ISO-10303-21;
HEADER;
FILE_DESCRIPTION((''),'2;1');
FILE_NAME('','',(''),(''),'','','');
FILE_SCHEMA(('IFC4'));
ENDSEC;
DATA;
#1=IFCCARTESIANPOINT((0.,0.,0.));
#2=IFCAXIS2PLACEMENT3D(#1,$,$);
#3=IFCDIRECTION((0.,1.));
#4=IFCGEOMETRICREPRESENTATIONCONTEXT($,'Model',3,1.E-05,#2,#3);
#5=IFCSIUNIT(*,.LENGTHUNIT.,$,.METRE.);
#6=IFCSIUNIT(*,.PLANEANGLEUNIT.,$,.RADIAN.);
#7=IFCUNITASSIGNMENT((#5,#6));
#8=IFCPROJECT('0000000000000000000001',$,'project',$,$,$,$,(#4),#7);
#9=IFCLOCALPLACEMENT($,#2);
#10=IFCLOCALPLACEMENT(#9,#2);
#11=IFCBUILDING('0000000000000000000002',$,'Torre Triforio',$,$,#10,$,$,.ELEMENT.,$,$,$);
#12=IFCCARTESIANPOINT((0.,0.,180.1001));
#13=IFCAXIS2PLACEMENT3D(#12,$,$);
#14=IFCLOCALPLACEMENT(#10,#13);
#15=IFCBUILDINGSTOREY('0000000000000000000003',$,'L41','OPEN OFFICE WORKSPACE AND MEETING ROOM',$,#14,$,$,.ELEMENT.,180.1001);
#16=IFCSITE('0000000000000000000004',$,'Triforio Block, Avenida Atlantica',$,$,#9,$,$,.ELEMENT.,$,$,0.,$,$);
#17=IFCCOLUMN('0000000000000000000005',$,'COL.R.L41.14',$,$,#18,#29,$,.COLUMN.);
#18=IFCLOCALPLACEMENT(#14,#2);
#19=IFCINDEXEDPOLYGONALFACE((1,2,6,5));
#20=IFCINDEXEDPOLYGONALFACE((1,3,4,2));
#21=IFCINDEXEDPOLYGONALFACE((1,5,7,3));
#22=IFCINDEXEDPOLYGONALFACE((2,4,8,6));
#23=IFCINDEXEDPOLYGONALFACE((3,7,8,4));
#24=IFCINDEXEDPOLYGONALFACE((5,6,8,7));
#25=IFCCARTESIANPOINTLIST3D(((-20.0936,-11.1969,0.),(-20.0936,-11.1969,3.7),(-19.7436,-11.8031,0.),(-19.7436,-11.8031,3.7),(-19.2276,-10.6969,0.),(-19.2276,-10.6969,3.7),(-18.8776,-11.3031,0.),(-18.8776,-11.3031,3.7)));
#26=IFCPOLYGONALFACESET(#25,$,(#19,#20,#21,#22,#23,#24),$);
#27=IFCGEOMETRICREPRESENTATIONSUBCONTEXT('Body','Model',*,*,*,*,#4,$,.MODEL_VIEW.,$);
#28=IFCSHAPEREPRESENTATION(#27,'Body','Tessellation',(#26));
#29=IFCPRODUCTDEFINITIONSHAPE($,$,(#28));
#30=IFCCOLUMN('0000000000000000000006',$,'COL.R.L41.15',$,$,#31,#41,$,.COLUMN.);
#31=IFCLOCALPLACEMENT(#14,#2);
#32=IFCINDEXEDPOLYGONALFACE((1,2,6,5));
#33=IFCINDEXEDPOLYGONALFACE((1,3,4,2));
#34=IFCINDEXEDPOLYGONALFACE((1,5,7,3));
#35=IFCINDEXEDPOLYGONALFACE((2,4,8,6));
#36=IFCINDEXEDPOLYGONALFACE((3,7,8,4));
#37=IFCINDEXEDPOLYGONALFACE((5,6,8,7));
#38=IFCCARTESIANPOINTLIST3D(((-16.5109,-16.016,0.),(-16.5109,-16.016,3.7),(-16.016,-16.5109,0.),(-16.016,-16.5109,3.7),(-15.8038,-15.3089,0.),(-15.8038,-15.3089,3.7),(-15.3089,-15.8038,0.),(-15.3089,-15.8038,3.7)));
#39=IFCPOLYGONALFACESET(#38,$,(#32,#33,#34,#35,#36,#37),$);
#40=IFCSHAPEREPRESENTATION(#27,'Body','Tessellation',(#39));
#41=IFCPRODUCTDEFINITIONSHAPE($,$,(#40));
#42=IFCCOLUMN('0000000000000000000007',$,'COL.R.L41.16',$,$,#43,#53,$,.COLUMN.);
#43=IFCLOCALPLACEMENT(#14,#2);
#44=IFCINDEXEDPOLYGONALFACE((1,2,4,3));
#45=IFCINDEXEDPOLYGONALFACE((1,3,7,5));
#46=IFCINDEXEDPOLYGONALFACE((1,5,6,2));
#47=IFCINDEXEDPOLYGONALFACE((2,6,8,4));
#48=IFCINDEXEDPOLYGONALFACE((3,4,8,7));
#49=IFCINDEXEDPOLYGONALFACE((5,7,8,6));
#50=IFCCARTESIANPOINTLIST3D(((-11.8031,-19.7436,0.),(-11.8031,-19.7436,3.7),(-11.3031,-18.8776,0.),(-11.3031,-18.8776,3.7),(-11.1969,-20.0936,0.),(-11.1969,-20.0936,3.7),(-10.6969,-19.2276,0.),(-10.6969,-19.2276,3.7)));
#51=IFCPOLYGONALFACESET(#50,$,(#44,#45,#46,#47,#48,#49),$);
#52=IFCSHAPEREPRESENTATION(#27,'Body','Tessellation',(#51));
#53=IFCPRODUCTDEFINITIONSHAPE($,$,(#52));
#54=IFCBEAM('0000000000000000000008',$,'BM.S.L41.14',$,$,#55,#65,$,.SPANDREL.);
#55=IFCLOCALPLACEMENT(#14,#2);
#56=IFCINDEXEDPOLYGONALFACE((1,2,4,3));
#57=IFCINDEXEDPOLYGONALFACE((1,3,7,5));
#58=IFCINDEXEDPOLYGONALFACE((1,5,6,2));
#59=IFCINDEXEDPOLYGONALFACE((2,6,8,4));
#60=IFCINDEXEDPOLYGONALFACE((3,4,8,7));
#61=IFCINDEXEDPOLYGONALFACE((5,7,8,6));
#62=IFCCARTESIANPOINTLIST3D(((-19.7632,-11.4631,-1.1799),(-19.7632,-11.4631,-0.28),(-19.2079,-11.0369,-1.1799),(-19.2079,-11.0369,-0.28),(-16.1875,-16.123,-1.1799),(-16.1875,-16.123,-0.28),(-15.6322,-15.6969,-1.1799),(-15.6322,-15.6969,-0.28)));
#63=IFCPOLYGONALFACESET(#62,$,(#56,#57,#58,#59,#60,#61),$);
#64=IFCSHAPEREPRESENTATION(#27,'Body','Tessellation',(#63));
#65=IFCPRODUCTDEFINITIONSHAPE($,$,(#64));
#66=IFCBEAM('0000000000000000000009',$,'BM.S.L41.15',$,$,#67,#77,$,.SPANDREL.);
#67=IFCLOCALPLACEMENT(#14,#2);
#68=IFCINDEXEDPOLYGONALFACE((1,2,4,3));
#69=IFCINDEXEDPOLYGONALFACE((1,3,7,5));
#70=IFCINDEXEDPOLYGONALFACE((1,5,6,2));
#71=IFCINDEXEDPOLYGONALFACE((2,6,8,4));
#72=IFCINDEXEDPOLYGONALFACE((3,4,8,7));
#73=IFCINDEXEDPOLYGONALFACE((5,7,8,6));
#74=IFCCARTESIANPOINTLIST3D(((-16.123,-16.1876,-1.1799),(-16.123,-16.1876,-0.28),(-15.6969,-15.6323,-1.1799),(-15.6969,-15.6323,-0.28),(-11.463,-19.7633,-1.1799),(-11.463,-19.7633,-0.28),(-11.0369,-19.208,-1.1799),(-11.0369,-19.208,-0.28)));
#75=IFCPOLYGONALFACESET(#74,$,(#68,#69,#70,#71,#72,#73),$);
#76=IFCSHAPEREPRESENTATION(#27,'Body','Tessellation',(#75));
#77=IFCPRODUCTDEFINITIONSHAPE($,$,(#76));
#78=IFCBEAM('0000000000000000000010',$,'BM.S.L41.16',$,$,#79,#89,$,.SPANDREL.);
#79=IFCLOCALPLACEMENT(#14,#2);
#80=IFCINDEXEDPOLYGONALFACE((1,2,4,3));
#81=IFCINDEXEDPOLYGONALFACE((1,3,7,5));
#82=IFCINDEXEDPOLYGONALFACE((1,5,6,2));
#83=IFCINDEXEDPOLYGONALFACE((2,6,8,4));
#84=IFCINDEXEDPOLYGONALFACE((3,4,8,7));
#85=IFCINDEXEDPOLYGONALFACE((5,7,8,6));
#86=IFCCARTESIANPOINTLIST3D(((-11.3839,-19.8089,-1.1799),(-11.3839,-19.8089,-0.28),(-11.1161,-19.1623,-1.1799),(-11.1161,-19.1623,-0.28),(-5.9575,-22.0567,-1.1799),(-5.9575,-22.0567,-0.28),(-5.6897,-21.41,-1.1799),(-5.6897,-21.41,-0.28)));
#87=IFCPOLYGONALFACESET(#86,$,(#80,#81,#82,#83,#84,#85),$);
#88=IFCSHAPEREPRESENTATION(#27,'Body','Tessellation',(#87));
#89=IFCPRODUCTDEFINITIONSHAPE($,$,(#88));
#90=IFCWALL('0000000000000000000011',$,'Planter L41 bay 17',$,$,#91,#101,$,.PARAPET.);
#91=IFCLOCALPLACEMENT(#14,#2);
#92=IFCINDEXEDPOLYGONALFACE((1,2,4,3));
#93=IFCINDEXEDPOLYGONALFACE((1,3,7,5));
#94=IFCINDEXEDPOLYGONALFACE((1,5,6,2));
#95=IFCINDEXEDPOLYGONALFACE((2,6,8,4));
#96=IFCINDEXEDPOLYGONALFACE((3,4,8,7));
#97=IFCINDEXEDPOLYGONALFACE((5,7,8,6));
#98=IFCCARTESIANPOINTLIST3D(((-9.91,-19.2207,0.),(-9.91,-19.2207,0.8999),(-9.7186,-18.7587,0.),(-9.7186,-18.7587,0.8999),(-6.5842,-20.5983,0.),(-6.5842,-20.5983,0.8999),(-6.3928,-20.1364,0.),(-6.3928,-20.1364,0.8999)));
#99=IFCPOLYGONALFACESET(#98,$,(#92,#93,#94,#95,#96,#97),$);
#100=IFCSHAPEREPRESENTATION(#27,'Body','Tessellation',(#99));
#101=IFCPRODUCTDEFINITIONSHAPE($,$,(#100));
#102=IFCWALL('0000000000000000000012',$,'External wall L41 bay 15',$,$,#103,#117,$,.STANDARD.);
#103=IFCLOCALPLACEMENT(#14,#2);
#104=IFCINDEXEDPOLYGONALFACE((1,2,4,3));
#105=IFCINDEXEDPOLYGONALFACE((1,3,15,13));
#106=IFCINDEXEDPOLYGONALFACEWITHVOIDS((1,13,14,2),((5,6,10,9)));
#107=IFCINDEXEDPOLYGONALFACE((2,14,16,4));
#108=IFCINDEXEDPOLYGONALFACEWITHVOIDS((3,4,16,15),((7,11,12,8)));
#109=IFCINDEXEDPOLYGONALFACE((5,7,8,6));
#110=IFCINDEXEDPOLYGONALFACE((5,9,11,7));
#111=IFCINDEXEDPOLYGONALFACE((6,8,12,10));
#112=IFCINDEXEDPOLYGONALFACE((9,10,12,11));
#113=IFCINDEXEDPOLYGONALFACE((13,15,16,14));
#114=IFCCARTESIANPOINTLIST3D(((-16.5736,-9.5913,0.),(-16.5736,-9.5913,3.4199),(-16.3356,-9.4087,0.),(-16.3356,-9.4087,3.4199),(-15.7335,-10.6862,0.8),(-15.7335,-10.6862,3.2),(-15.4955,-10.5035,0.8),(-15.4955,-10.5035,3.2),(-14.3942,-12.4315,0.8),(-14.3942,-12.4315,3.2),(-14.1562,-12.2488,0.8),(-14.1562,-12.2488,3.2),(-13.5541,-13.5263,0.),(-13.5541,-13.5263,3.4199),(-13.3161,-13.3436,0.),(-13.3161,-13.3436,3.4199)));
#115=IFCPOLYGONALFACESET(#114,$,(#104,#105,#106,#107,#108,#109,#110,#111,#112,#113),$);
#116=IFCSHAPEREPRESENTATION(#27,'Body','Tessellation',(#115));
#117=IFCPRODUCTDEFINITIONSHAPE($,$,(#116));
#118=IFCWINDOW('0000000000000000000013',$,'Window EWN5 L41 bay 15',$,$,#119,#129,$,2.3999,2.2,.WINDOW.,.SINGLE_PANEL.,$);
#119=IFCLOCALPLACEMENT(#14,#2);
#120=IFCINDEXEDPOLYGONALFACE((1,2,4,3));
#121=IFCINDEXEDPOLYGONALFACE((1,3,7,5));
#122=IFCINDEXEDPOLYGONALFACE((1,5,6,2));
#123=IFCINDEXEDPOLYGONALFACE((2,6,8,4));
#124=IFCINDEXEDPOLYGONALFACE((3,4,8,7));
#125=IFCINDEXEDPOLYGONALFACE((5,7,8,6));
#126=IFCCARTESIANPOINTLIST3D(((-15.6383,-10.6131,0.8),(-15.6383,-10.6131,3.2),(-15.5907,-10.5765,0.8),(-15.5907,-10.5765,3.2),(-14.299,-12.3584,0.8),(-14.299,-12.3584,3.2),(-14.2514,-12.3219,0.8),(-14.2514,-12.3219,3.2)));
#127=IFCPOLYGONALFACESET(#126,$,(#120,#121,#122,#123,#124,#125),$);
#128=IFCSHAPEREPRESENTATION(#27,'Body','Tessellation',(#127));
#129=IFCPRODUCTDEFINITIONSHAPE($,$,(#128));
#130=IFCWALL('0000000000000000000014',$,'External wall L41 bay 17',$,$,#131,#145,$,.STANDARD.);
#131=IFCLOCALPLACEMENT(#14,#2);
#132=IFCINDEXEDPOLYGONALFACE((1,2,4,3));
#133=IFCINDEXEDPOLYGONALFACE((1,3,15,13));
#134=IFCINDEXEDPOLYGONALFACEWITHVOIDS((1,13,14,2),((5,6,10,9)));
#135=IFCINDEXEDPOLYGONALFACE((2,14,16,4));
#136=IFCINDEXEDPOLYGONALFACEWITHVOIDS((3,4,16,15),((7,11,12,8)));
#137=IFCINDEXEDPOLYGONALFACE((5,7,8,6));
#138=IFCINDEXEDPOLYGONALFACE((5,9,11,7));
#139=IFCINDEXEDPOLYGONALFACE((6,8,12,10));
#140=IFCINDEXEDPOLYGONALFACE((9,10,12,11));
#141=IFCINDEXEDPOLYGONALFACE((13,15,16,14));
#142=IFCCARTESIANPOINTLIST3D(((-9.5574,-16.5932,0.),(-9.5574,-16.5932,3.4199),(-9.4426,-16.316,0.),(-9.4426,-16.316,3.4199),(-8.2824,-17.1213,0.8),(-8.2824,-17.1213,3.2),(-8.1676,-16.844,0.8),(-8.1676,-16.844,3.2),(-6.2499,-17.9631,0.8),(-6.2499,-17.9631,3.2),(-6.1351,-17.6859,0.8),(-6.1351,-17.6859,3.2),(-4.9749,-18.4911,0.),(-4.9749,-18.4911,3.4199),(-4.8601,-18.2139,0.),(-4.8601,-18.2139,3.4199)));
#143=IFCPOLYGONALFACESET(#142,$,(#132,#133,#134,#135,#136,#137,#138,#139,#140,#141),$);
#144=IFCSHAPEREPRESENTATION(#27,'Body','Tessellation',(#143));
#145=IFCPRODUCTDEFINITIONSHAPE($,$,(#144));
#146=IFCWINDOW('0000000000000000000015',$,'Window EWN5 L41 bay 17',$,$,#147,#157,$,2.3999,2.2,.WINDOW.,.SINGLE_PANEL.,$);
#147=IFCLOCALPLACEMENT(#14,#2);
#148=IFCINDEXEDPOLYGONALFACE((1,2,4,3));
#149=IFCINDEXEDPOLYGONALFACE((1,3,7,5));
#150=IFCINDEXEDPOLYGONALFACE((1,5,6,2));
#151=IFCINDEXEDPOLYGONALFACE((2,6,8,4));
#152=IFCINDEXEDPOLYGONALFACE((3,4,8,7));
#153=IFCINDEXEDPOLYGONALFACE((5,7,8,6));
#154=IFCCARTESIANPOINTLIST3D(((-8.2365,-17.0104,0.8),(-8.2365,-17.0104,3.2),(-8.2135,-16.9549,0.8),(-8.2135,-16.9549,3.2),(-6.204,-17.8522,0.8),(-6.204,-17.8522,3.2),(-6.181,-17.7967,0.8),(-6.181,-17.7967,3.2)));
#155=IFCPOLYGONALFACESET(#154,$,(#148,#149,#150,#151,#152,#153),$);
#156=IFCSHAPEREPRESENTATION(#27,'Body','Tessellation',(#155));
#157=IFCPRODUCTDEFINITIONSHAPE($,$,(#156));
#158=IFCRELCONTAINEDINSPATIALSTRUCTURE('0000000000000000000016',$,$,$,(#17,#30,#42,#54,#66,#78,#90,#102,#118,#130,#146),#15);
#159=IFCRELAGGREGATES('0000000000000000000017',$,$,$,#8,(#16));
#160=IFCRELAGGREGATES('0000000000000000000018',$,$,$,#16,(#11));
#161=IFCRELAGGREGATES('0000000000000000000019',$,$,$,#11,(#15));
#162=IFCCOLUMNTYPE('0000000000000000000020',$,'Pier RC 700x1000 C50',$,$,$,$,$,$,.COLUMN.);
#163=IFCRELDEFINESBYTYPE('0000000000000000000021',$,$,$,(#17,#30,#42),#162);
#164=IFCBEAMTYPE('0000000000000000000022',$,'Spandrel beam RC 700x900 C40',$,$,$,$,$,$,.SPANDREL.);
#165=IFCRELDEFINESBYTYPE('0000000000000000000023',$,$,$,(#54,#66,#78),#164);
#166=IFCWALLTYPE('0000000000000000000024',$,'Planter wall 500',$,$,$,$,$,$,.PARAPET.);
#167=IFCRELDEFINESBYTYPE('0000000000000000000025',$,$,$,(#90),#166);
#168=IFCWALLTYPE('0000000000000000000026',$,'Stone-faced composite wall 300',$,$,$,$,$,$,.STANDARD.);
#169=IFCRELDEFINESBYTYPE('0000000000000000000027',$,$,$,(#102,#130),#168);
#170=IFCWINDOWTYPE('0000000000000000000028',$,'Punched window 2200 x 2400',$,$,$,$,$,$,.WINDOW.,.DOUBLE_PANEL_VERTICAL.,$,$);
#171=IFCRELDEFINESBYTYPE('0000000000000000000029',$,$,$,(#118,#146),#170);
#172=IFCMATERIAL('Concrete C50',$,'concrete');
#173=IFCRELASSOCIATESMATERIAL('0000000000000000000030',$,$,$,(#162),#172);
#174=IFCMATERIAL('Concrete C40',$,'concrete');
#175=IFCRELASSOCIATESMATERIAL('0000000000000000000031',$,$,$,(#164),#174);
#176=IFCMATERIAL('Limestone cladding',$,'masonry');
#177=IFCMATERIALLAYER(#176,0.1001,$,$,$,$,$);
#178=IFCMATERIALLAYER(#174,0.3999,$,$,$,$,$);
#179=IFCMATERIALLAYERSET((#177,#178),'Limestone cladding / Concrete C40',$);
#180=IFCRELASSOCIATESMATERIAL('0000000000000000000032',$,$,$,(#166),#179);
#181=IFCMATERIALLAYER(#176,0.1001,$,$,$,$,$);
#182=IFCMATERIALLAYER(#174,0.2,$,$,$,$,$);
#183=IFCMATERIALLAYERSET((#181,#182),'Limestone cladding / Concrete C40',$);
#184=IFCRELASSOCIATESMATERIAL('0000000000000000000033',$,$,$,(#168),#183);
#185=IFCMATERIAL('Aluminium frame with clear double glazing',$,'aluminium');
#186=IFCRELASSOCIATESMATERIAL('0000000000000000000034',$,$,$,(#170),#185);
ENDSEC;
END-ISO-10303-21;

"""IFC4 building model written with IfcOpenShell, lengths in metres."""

from ifc_helpers import new_model, si_unit, direction, frame, frame_2d, origin, origin_2d, place, context, subcontext, project, spatial, rectangle, extrude, material, layer, layer_set, material_profile, profile_set, type_object, element, fill, save


model = new_model("IFC4")

# Units and contexts
model_context = context("Model", 3, precision=1e-05, world=origin(), true_north=direction((0.0, 1.0)))
body_context = subcontext(model_context, "Body", "Model", "MODEL_VIEW")
ifc_project = project(units=[si_unit("LENGTHUNIT", "METRE"), si_unit("PLANEANGLEUNIT", "RADIAN")], contexts=[model_context])

# Site, building, storey
site_placement = place(None, origin())
site = spatial("IfcSite", under=ifc_project, at=site_placement, Name="Triforio Block, Avenida Atlantica", CompositionType="ELEMENT", RefElevation=0.0)
building_placement = place(site_placement, origin())
building = spatial("IfcBuilding", under=site, at=building_placement, Name="Torre Triforio", CompositionType="ELEMENT")
storey_placement = place(building_placement, frame((0.0, 0.0, 180.1001)))
storey = spatial("IfcBuildingStorey", under=building, at=storey_placement, Name="L41", Description="OPEN OFFICE WORKSPACE AND MEETING ROOM", CompositionType="ELEMENT", Elevation=180.1001)

# Columns
ifc_material_1 = material(Name="Concrete C50", Category="concrete")
ifc_material_profile_1 = material_profile(ifc_material_1, rectangle(XDim=0.7, YDim=1.0, at=origin_2d()), Name="RC 700x1000")
ifc_profile_set_1 = profile_set([ifc_material_profile_1], Name="Concrete C50")
column_type = type_object("IfcColumnType", Name="Pier RC 700x1000 C50", PredefinedType="COLUMN", material=ifc_profile_set_1)
for number, where, z_axis, x_axis, name in (
    (1, (-19.4856, -11.25, 0.0), (0.0, 0.0, 1.0), (0.5, -0.866025, 0.0), "COL.R.L41.14"),
    (2, (-15.9099, -15.9099, 0.0), (0.0, 0.0, 1.0), (0.707107, -0.707107, 0.0), "COL.R.L41.15"),
    (3, (-11.25, -19.4856, 0.0), (0.0, 0.0, 1.0), (0.866025, -0.5, 0.0), "COL.R.L41.16"),
):
    element("IfcColumn", number, at=place(storey_placement, frame(where, z_axis=z_axis, x_axis=x_axis)), inside=storey, type_object=column_type, Name=name, PredefinedType="COLUMN", context=body_context, shape_type="SweptSolid", body=[
        extrude(rectangle(XDim=0.7, YDim=1.0, at=origin_2d()), origin(), (0.0, 0.0, 1.0), 3.7),
    ])

# Beams
ifc_material_2 = material(Name="Concrete C40", Category="concrete")
ifc_material_profile_2 = material_profile(ifc_material_2, rectangle(XDim=0.7, YDim=0.8999, at=origin_2d()), Name="RC 700x900")
ifc_profile_set_2 = profile_set([ifc_material_profile_2], Name="Concrete C40")
beam_type = type_object("IfcBeamType", Name="Spandrel beam RC 700x900 C40", PredefinedType="SPANDREL", material=ifc_profile_set_2)
for number, where, z_axis, x_axis, name in (
    (4, (-19.4856, -11.25, -0.73), (0.608762, -0.793353, 0.0), (0.793353, 0.608762, 0.0), "BM.S.L41.14"),
    (5, (-15.9099, -15.9099, -0.73), (0.793353, -0.608762, 0.0), (0.608762, 0.793353, 0.0), "BM.S.L41.15"),
):
    element("IfcBeam", number, at=place(storey_placement, frame(where, z_axis=z_axis, x_axis=x_axis)), inside=storey, type_object=beam_type, Name=name, PredefinedType="SPANDREL", context=body_context, shape_type="SweptSolid", body=[
        extrude(rectangle(XDim=0.7, YDim=0.8999, at=origin_2d()), origin(), (0.0, 0.0, 1.0), 5.8738),
    ])
beam_placement = place(storey_placement, frame((-11.25, -19.4856, -0.73), z_axis=(0.923875, -0.382693, 0.0), x_axis=(0.382693, 0.923875, 0.0)))
element("IfcBeam", 6, at=beam_placement, inside=storey, type_object=beam_type, Name="BM.S.L41.16", PredefinedType="SPANDREL", context=body_context, shape_type="SweptSolid", body=[
    extrude(rectangle(XDim=0.7, YDim=0.8999, at=origin_2d()), origin(), (0.0, 0.0, 1.0), 5.8735),
])

# Wall
ifc_material_3 = material(Name="Limestone cladding", Category="masonry")
ifc_layer_1 = layer(ifc_material_3, 0.1001)
ifc_layer_2 = layer(ifc_material_2, 0.3999)
ifc_layer_set_1 = layer_set([ifc_layer_1, ifc_layer_2], Name="Limestone cladding / Concrete C40")
wall_type_1 = type_object("IfcWallType", Name="Planter wall 500", PredefinedType="PARAPET", material=ifc_layer_set_1)
wall_1_placement = place(storey_placement, frame((-9.8142, -18.9897, 0.0), z_axis=(0.0, 0.0, 1.0), x_axis=(0.923875, -0.382693, 0.0)))
element("IfcWall", 7, at=wall_1_placement, inside=storey, type_object=wall_type_1, Name="Planter L41 bay 17", PredefinedType="PARAPET", context=body_context, shape_type="SweptSolid", body=[
    extrude(rectangle(XDim=3.5999, YDim=0.5, at=frame_2d((1.7998, 0.0))), origin(), (0.0, 0.0, 1.0), 0.8999),
])

# Wall, opening, window
ifc_layer_3 = layer(ifc_material_3, 0.1001)
ifc_layer_4 = layer(ifc_material_2, 0.2)
ifc_layer_set_2 = layer_set([ifc_layer_3, ifc_layer_4], Name="Limestone cladding / Concrete C40")
wall_type_2 = type_object("IfcWallType", Name="Stone-faced composite wall 300", PredefinedType="STANDARD", material=ifc_layer_set_2)
wall_2_placement = place(storey_placement, frame((-16.4546, -9.5, 0.0), z_axis=(0.0, 0.0, 1.0), x_axis=(0.608768, -0.793348, 0.0)))
wall_2 = element("IfcWall", 8, at=wall_2_placement, inside=storey, type_object=wall_type_2, Name="External wall L41 bay 15", PredefinedType="STANDARD", context=body_context, shape_type="SweptSolid", body=[
    extrude(rectangle(XDim=4.96, YDim=0.3, at=frame_2d((2.48, 0.0))), origin(), (0.0, 0.0, 1.0), 3.4199),
])
opening_1_placement = place(wall_2_placement, frame((1.3799, 0.0, 0.8)))
opening_1 = element("IfcOpeningElement", 9, at=opening_1_placement, cuts=wall_2, PredefinedType="OPENING", context=body_context, shape_type="SweptSolid", body=[
    extrude(rectangle(XDim=2.2, YDim=2.3999, at=frame_2d((1.1001, 1.2))), frame((0.0, 0.1599, 0.0), z_axis=(0.0, -1.0, 0.0), x_axis=(1.0, 0.0, 0.0)), (0.0, 0.0, 1.0), 0.3201),
])
ifc_material_4 = material(Name="Aluminium frame with clear double glazing", Category="aluminium")
window_type_1 = type_object("IfcWindowType", Name="Punched window 2200 x 2400", PartitioningType="DOUBLE_PANEL_VERTICAL", PredefinedType="WINDOW", material=ifc_material_4)
window_1_placement = place(opening_1_placement, origin())
window_1 = element("IfcWindow", 10, at=window_1_placement, inside=storey, type_object=window_type_1, Name="Window EWN5 L41 bay 15", OverallHeight=2.3999, OverallWidth=2.2, PartitioningType="SINGLE_PANEL", PredefinedType="WINDOW", context=body_context, shape_type="SweptSolid", body=[
    extrude(rectangle(XDim=2.2, YDim=2.3999, at=frame_2d((1.1001, 1.2))), frame((0.0, 0.03, 0.0), z_axis=(0.0, -1.0, 0.0), x_axis=(1.0, 0.0, 0.0)), (0.0, 0.0, 1.0), 0.0601),
])
fill(opening_1, window_1)

# Wall, opening, window
wall_3_placement = place(storey_placement, frame((-9.5, -16.4546, 0.0), z_axis=(0.0, 0.0, 1.0), x_axis=(0.923893, -0.38265, 0.0)))
wall_3 = element("IfcWall", 11, at=wall_3_placement, inside=storey, type_object=wall_type_2, Name="External wall L41 bay 17", PredefinedType="STANDARD", context=body_context, shape_type="SweptSolid", body=[
    extrude(rectangle(XDim=4.96, YDim=0.3, at=frame_2d((2.48, 0.0))), origin(), (0.0, 0.0, 1.0), 3.4199),
])
opening_2_placement = place(wall_3_placement, frame((1.3799, 0.0, 0.8)))
opening_2 = element("IfcOpeningElement", 12, at=opening_2_placement, cuts=wall_3, PredefinedType="OPENING", context=body_context, shape_type="SweptSolid", body=[
    extrude(rectangle(XDim=2.2, YDim=2.3999, at=frame_2d((1.1001, 1.2))), frame((0.0, 0.1599, 0.0), z_axis=(0.0, -1.0, 0.0), x_axis=(1.0, 0.0, 0.0)), (0.0, 0.0, 1.0), 0.3201),
])
window_2_placement = place(opening_2_placement, origin())
window_2 = element("IfcWindow", 13, at=window_2_placement, inside=storey, type_object=window_type_1, Name="Window EWN5 L41 bay 17", OverallHeight=2.3999, OverallWidth=2.2, PartitioningType="SINGLE_PANEL", PredefinedType="WINDOW", context=body_context, shape_type="SweptSolid", body=[
    extrude(rectangle(XDim=2.2, YDim=2.3999, at=frame_2d((1.1001, 1.2))), frame((0.0, 0.03, 0.0), z_axis=(0.0, -1.0, 0.0), x_axis=(1.0, 0.0, 0.0)), (0.0, 0.0, 1.0), 0.0601),
])
fill(opening_2, window_2)

save(model, "model.ifc")
